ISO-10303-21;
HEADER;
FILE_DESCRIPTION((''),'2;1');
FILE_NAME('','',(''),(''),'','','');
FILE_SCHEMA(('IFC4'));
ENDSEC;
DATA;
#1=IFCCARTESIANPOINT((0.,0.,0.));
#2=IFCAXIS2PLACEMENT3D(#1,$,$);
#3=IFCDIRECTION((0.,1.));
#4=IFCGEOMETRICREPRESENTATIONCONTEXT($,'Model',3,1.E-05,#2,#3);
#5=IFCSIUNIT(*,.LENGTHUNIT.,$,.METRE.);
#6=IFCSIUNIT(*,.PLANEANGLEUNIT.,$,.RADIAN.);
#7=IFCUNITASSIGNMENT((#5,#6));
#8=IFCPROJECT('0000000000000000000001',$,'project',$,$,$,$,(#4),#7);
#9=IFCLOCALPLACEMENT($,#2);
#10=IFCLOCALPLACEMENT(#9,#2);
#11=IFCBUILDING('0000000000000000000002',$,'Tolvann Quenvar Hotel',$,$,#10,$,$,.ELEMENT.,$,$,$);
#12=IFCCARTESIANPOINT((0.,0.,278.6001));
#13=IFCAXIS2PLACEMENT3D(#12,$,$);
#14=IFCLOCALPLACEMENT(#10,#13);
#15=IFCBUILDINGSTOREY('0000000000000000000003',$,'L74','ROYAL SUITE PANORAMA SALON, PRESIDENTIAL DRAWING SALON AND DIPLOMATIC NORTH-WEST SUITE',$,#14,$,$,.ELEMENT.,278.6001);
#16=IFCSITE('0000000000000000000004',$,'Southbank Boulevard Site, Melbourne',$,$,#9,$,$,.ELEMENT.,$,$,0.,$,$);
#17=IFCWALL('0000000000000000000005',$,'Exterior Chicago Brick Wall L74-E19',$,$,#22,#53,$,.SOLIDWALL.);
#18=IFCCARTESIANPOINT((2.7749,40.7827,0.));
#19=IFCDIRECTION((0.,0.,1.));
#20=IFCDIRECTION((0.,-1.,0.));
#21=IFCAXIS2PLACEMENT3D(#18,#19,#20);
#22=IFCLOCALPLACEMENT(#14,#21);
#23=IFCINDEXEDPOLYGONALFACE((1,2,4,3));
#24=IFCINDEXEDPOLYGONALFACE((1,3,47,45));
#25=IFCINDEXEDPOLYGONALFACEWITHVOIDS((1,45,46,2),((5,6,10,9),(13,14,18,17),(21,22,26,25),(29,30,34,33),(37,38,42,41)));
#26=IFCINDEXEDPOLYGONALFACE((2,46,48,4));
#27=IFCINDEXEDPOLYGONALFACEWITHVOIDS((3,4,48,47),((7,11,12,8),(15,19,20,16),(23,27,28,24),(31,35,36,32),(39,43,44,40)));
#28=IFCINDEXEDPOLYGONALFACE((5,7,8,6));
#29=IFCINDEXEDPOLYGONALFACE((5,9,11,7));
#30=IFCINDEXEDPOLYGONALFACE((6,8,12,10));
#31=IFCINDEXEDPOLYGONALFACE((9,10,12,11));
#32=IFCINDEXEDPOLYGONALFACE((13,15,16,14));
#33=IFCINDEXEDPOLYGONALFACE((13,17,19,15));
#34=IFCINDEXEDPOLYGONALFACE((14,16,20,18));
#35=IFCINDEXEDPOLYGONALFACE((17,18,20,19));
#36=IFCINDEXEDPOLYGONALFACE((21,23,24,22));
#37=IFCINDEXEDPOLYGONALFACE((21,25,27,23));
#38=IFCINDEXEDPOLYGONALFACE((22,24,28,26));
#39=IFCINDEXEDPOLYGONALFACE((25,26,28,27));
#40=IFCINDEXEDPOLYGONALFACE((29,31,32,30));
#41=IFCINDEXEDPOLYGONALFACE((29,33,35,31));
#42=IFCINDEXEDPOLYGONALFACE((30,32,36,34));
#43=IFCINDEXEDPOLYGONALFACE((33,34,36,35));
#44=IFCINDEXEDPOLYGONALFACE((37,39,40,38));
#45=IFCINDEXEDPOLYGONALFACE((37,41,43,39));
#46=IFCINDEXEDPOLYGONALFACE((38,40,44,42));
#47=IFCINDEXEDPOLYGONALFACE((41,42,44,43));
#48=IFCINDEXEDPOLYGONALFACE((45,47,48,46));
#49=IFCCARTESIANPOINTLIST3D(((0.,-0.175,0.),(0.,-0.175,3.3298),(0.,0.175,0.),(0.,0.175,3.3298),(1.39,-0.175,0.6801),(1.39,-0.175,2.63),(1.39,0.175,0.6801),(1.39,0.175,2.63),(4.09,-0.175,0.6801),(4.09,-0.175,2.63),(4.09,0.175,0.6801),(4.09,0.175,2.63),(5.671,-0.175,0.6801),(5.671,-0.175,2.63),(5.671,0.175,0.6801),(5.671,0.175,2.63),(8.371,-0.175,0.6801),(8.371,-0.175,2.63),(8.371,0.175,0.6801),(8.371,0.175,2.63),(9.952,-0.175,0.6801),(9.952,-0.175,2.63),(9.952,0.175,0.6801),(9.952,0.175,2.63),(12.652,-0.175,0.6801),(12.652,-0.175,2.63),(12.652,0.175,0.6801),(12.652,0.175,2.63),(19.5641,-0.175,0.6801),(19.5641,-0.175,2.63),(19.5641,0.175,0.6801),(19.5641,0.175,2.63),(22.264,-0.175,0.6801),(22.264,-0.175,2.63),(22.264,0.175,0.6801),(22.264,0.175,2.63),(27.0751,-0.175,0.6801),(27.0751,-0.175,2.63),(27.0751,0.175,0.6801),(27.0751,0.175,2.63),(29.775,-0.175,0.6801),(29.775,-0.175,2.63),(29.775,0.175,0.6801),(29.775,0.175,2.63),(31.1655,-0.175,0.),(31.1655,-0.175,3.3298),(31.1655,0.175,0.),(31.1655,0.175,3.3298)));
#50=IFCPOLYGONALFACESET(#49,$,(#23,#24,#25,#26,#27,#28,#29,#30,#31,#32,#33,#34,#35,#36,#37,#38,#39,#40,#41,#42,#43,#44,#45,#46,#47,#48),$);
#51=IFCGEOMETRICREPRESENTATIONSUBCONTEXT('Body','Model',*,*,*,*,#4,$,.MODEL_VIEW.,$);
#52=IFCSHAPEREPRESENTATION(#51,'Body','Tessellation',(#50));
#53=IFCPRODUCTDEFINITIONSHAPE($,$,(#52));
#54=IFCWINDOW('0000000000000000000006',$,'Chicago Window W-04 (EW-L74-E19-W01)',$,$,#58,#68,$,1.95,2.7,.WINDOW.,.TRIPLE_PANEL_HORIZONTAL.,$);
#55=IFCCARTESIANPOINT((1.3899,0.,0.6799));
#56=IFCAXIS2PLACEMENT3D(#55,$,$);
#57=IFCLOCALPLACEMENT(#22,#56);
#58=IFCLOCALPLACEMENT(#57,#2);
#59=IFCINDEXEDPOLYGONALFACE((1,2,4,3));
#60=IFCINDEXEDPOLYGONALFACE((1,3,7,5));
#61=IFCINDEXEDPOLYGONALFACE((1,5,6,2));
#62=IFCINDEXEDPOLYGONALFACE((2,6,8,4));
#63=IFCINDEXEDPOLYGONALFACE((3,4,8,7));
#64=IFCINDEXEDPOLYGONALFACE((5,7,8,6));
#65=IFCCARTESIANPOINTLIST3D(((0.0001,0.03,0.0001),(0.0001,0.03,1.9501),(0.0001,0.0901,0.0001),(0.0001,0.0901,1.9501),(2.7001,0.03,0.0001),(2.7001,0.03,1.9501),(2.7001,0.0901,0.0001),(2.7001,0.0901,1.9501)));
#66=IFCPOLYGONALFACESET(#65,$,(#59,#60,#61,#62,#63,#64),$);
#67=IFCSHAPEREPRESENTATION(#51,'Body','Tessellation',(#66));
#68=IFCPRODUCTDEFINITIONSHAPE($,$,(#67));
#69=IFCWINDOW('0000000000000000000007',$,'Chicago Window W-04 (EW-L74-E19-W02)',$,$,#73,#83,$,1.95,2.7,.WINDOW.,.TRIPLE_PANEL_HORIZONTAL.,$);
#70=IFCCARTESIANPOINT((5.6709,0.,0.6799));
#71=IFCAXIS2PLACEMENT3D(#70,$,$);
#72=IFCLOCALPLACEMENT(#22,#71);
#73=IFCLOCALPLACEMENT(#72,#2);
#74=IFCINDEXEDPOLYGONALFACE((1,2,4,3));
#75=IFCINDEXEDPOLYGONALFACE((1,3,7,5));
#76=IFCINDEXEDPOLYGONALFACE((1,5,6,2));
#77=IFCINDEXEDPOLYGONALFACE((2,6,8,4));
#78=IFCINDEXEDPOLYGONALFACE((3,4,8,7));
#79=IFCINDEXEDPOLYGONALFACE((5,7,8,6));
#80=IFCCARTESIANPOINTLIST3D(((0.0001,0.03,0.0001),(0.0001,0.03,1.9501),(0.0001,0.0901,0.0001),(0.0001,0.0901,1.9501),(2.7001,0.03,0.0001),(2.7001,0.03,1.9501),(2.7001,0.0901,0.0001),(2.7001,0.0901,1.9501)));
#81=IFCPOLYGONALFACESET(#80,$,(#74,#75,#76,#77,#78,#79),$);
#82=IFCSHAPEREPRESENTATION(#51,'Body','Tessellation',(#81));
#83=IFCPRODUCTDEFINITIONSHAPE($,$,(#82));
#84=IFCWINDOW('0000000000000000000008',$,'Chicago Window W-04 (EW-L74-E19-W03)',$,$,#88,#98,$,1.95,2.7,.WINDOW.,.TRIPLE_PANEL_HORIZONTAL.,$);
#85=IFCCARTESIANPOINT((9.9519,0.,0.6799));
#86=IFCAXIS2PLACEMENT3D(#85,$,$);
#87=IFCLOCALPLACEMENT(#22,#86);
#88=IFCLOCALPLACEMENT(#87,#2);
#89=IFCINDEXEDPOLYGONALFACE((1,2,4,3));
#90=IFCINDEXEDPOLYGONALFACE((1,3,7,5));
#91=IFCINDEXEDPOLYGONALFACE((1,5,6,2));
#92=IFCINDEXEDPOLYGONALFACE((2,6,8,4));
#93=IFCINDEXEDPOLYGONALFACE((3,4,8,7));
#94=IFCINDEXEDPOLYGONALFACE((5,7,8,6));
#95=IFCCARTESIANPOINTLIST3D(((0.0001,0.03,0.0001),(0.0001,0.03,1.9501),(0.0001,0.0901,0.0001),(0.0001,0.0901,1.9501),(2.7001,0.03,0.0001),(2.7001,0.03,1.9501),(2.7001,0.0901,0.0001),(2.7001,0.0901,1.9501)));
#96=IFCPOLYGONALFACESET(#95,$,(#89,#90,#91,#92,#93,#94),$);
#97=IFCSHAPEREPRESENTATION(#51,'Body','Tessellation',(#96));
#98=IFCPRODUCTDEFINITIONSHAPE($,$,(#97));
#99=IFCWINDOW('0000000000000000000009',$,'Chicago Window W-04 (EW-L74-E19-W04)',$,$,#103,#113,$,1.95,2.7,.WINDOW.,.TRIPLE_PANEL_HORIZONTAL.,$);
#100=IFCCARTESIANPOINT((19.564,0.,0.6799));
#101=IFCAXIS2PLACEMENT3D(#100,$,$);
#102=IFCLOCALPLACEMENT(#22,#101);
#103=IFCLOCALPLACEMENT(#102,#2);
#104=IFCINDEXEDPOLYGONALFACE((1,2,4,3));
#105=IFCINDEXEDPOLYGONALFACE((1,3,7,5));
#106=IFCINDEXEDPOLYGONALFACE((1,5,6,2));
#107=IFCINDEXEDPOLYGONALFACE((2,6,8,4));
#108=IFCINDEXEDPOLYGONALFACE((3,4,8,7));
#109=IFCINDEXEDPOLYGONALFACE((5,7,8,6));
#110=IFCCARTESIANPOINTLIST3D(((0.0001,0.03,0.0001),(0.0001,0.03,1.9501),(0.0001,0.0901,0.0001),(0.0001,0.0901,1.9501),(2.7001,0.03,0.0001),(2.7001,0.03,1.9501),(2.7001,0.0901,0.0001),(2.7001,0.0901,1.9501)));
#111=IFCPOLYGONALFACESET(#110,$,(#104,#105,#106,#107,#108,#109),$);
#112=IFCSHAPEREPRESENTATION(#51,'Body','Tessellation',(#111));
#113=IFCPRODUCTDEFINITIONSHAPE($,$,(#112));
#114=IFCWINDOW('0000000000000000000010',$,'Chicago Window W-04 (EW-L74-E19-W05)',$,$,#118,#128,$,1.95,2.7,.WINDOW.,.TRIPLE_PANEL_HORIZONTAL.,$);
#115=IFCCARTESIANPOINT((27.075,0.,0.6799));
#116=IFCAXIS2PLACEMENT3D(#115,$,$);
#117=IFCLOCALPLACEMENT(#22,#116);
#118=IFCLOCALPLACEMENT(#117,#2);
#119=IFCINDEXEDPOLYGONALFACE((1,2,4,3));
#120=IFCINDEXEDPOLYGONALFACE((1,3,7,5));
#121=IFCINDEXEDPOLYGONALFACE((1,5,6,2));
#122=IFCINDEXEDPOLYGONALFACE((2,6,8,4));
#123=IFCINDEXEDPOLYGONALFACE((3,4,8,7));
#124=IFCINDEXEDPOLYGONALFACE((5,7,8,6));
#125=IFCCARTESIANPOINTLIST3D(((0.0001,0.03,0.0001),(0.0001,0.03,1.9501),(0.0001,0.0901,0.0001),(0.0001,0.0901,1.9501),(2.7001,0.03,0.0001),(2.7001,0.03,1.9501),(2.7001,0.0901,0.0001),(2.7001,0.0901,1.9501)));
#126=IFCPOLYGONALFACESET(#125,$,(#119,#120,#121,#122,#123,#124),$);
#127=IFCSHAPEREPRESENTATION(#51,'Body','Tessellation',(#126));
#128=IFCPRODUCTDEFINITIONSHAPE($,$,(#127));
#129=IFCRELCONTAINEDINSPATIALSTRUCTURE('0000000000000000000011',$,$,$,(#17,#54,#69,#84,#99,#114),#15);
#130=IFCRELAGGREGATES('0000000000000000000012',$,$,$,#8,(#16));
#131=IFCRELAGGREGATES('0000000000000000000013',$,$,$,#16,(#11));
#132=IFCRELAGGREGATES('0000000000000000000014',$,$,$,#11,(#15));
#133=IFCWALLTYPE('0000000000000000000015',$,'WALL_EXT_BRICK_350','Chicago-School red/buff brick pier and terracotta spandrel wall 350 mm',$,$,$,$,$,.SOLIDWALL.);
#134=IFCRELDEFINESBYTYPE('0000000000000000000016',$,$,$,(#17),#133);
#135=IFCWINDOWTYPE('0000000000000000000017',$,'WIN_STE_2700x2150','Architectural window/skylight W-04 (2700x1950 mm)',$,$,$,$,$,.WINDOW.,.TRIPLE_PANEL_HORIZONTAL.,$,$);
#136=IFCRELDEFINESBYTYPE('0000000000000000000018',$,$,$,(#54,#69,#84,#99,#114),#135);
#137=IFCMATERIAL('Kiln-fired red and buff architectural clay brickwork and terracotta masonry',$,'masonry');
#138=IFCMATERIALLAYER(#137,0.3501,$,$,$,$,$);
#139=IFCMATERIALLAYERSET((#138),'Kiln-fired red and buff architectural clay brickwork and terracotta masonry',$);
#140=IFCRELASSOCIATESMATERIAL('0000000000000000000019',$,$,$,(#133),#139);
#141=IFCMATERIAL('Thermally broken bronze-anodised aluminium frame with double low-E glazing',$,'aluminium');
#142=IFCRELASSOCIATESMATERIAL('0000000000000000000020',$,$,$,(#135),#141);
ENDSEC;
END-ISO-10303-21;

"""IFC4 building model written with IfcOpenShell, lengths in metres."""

from ifc_helpers import new_model, si_unit, direction, frame, frame_2d, origin, place, context, subcontext, project, spatial, rectangle, extrude, source, transform, mapped, material, layer, layer_set, type_object, type_shapes, element, fill, save


model = new_model("IFC4")

# Units and contexts
model_context = context("Model", 3, precision=1e-05, world=origin(), true_north=direction((0.0, 1.0)))
body_context = subcontext(model_context, "Body", "Model", "MODEL_VIEW")
ifc_project = project(units=[si_unit("LENGTHUNIT", "METRE"), si_unit("PLANEANGLEUNIT", "RADIAN")], contexts=[model_context])

# Site, building, storey
site_placement = place(None, origin())
site = spatial("IfcSite", under=ifc_project, at=site_placement, Name="Southbank Boulevard Site, Melbourne", CompositionType="ELEMENT", RefElevation=0.0)
building_placement = place(site_placement, origin())
building = spatial("IfcBuilding", under=site, at=building_placement, Name="Tolvann Quenvar Hotel", CompositionType="ELEMENT")
storey_placement = place(building_placement, frame((0.0, 0.0, 278.6001)))
storey = spatial("IfcBuildingStorey", under=building, at=storey_placement, Name="L74", Description="ROYAL SUITE PANORAMA SALON, PRESIDENTIAL DRAWING SALON AND DIPLOMATIC NORTH-WEST SUITE", CompositionType="ELEMENT", Elevation=278.6001)

# Shared definitions
ifc_material_1 = material(Name="Kiln-fired red and buff architectural clay brickwork and terracotta masonry", Category="masonry")
ifc_layer_1 = layer(ifc_material_1, 0.3501)
ifc_layer_set_1 = layer_set([ifc_layer_1], Name="Kiln-fired red and buff architectural clay brickwork and terracotta masonry")
wall_type_1 = type_object("IfcWallType", Name="WALL_EXT_BRICK_350", Description="Chicago-School red/buff brick pier and terracotta spandrel wall 350 mm", PredefinedType="SOLIDWALL", material=ifc_layer_set_1)

# Wall, openings, windows
wall_1_placement = place(storey_placement, frame((2.7749, 40.7827, 0.0), z_axis=(0.0, 0.0, 1.0), x_axis=(0.0, -1.0, 0.0)))
wall_1 = element("IfcWall", 1, at=wall_1_placement, inside=storey, type_object=wall_type_1, Name="Exterior Chicago Brick Wall L74-E19", PredefinedType="SOLIDWALL", context=body_context, shape_type="SweptSolid", body=[
    extrude(rectangle(XDim=31.1655, YDim=0.3501, at=frame_2d((15.5828, 0.0))), origin(), (0.0, 0.0, 1.0), 3.3298),
])
opening_1_placement = place(wall_1_placement, frame((1.3899, 0.0, 0.6799)))
opening_1 = element("IfcOpeningElement", 2, at=opening_1_placement, cuts=wall_1, PredefinedType="OPENING", context=body_context, shape_type="SweptSolid", body=[
    extrude(rectangle(XDim=2.7, YDim=1.95, at=frame_2d((1.3501, 0.9751))), frame((0.0, 0.1851, 0.0), z_axis=(0.0, -1.0, 0.0), x_axis=(1.0, 0.0, 0.0)), (0.0, 0.0, 1.0), 0.3701),
])
opening_2_placement = place(wall_1_placement, frame((5.6709, 0.0, 0.6799)))
opening_2 = element("IfcOpeningElement", 3, at=opening_2_placement, cuts=wall_1, PredefinedType="OPENING", context=body_context, shape_type="SweptSolid", body=[
    extrude(rectangle(XDim=2.7, YDim=1.95, at=frame_2d((1.3501, 0.9751))), frame((0.0, 0.1851, 0.0), z_axis=(0.0, -1.0, 0.0), x_axis=(1.0, 0.0, 0.0)), (0.0, 0.0, 1.0), 0.3701),
])
opening_3_placement = place(wall_1_placement, frame((9.9519, 0.0, 0.6799)))
opening_3 = element("IfcOpeningElement", 4, at=opening_3_placement, cuts=wall_1, PredefinedType="OPENING", context=body_context, shape_type="SweptSolid", body=[
    extrude(rectangle(XDim=2.7, YDim=1.95, at=frame_2d((1.3501, 0.9751))), frame((0.0, 0.1851, 0.0), z_axis=(0.0, -1.0, 0.0), x_axis=(1.0, 0.0, 0.0)), (0.0, 0.0, 1.0), 0.3701),
])
opening_4_placement = place(wall_1_placement, frame((19.564, 0.0, 0.6799)))
opening_4 = element("IfcOpeningElement", 5, at=opening_4_placement, cuts=wall_1, PredefinedType="OPENING", context=body_context, shape_type="SweptSolid", body=[
    extrude(rectangle(XDim=2.7, YDim=1.95, at=frame_2d((1.3501, 0.9751))), frame((0.0, 0.1851, 0.0), z_axis=(0.0, -1.0, 0.0), x_axis=(1.0, 0.0, 0.0)), (0.0, 0.0, 1.0), 0.3701),
])
opening_5_placement = place(wall_1_placement, frame((27.075, 0.0, 0.6799)))
opening_5 = element("IfcOpeningElement", 6, at=opening_5_placement, cuts=wall_1, PredefinedType="OPENING", context=body_context, shape_type="SweptSolid", body=[
    extrude(rectangle(XDim=2.7, YDim=1.95, at=frame_2d((1.3501, 0.9751))), frame((0.0, 0.1851, 0.0), z_axis=(0.0, -1.0, 0.0), x_axis=(1.0, 0.0, 0.0)), (0.0, 0.0, 1.0), 0.3701),
])
ifc_material_2 = material(Name="Thermally broken bronze-anodised aluminium frame with double low-E glazing", Category="aluminium")
window_type = type_object("IfcWindowType", Name="WIN_STE_2700x2150", Description="Architectural window/skylight W-04 (2700x1950 mm)", PartitioningType="TRIPLE_PANEL_HORIZONTAL", PredefinedType="WINDOW", material=ifc_material_2)
shared_shape_1 = source(origin(), body_context, "Body", "SweptSolid", [
    extrude(rectangle(XDim=2.7, YDim=1.95, at=frame_2d((1.3501, 0.9751))), frame((0.0, 0.0901, 0.0), z_axis=(0.0, -1.0, 0.0), x_axis=(1.0, 0.0, 0.0)), (0.0, 0.0, 1.0), 0.0601),
])
type_shapes(window_type, [shared_shape_1])
window_1_placement = place(opening_1_placement, origin())
window_1 = element("IfcWindow", 7, at=window_1_placement, inside=storey, type_object=window_type, Name="Chicago Window W-04 (EW-L74-E19-W01)", OverallHeight=1.95, OverallWidth=2.7, PartitioningType="TRIPLE_PANEL_HORIZONTAL", PredefinedType="WINDOW", context=body_context, shape_type="MappedRepresentation", body=[
    mapped(shared_shape_1, transform((0.0, 0.0, 0.0), x_axis=(1.0, 0.0, 0.0), y_axis=(0.0, 1.0, 0.0), z_axis=(0.0, 0.0, 1.0), scale=1.0)),
])
fill(opening_1, window_1)
window_2_placement = place(opening_2_placement, origin())
window_2 = element("IfcWindow", 8, at=window_2_placement, inside=storey, type_object=window_type, Name="Chicago Window W-04 (EW-L74-E19-W02)", OverallHeight=1.95, OverallWidth=2.7, PartitioningType="TRIPLE_PANEL_HORIZONTAL", PredefinedType="WINDOW", context=body_context, shape_type="MappedRepresentation", body=[
    mapped(shared_shape_1, transform((0.0, 0.0, 0.0), x_axis=(1.0, 0.0, 0.0), y_axis=(0.0, 1.0, 0.0), z_axis=(0.0, 0.0, 1.0), scale=1.0)),
])
fill(opening_2, window_2)
window_3_placement = place(opening_3_placement, origin())
window_3 = element("IfcWindow", 9, at=window_3_placement, inside=storey, type_object=window_type, Name="Chicago Window W-04 (EW-L74-E19-W03)", OverallHeight=1.95, OverallWidth=2.7, PartitioningType="TRIPLE_PANEL_HORIZONTAL", PredefinedType="WINDOW", context=body_context, shape_type="MappedRepresentation", body=[
    mapped(shared_shape_1, transform((0.0, 0.0, 0.0), x_axis=(1.0, 0.0, 0.0), y_axis=(0.0, 1.0, 0.0), z_axis=(0.0, 0.0, 1.0), scale=1.0)),
])
fill(opening_3, window_3)
window_4_placement = place(opening_4_placement, origin())
window_4 = element("IfcWindow", 10, at=window_4_placement, inside=storey, type_object=window_type, Name="Chicago Window W-04 (EW-L74-E19-W04)", OverallHeight=1.95, OverallWidth=2.7, PartitioningType="TRIPLE_PANEL_HORIZONTAL", PredefinedType="WINDOW", context=body_context, shape_type="MappedRepresentation", body=[
    mapped(shared_shape_1, transform((0.0, 0.0, 0.0), x_axis=(1.0, 0.0, 0.0), y_axis=(0.0, 1.0, 0.0), z_axis=(0.0, 0.0, 1.0), scale=1.0)),
])
fill(opening_4, window_4)
window_5_placement = place(opening_5_placement, origin())
window_5 = element("IfcWindow", 11, at=window_5_placement, inside=storey, type_object=window_type, Name="Chicago Window W-04 (EW-L74-E19-W05)", OverallHeight=1.95, OverallWidth=2.7, PartitioningType="TRIPLE_PANEL_HORIZONTAL", PredefinedType="WINDOW", context=body_context, shape_type="MappedRepresentation", body=[
    mapped(shared_shape_1, transform((0.0, 0.0, 0.0), x_axis=(1.0, 0.0, 0.0), y_axis=(0.0, 1.0, 0.0), z_axis=(0.0, 0.0, 1.0), scale=1.0)),
])
fill(opening_5, window_5)

save(model, "model.ifc")
